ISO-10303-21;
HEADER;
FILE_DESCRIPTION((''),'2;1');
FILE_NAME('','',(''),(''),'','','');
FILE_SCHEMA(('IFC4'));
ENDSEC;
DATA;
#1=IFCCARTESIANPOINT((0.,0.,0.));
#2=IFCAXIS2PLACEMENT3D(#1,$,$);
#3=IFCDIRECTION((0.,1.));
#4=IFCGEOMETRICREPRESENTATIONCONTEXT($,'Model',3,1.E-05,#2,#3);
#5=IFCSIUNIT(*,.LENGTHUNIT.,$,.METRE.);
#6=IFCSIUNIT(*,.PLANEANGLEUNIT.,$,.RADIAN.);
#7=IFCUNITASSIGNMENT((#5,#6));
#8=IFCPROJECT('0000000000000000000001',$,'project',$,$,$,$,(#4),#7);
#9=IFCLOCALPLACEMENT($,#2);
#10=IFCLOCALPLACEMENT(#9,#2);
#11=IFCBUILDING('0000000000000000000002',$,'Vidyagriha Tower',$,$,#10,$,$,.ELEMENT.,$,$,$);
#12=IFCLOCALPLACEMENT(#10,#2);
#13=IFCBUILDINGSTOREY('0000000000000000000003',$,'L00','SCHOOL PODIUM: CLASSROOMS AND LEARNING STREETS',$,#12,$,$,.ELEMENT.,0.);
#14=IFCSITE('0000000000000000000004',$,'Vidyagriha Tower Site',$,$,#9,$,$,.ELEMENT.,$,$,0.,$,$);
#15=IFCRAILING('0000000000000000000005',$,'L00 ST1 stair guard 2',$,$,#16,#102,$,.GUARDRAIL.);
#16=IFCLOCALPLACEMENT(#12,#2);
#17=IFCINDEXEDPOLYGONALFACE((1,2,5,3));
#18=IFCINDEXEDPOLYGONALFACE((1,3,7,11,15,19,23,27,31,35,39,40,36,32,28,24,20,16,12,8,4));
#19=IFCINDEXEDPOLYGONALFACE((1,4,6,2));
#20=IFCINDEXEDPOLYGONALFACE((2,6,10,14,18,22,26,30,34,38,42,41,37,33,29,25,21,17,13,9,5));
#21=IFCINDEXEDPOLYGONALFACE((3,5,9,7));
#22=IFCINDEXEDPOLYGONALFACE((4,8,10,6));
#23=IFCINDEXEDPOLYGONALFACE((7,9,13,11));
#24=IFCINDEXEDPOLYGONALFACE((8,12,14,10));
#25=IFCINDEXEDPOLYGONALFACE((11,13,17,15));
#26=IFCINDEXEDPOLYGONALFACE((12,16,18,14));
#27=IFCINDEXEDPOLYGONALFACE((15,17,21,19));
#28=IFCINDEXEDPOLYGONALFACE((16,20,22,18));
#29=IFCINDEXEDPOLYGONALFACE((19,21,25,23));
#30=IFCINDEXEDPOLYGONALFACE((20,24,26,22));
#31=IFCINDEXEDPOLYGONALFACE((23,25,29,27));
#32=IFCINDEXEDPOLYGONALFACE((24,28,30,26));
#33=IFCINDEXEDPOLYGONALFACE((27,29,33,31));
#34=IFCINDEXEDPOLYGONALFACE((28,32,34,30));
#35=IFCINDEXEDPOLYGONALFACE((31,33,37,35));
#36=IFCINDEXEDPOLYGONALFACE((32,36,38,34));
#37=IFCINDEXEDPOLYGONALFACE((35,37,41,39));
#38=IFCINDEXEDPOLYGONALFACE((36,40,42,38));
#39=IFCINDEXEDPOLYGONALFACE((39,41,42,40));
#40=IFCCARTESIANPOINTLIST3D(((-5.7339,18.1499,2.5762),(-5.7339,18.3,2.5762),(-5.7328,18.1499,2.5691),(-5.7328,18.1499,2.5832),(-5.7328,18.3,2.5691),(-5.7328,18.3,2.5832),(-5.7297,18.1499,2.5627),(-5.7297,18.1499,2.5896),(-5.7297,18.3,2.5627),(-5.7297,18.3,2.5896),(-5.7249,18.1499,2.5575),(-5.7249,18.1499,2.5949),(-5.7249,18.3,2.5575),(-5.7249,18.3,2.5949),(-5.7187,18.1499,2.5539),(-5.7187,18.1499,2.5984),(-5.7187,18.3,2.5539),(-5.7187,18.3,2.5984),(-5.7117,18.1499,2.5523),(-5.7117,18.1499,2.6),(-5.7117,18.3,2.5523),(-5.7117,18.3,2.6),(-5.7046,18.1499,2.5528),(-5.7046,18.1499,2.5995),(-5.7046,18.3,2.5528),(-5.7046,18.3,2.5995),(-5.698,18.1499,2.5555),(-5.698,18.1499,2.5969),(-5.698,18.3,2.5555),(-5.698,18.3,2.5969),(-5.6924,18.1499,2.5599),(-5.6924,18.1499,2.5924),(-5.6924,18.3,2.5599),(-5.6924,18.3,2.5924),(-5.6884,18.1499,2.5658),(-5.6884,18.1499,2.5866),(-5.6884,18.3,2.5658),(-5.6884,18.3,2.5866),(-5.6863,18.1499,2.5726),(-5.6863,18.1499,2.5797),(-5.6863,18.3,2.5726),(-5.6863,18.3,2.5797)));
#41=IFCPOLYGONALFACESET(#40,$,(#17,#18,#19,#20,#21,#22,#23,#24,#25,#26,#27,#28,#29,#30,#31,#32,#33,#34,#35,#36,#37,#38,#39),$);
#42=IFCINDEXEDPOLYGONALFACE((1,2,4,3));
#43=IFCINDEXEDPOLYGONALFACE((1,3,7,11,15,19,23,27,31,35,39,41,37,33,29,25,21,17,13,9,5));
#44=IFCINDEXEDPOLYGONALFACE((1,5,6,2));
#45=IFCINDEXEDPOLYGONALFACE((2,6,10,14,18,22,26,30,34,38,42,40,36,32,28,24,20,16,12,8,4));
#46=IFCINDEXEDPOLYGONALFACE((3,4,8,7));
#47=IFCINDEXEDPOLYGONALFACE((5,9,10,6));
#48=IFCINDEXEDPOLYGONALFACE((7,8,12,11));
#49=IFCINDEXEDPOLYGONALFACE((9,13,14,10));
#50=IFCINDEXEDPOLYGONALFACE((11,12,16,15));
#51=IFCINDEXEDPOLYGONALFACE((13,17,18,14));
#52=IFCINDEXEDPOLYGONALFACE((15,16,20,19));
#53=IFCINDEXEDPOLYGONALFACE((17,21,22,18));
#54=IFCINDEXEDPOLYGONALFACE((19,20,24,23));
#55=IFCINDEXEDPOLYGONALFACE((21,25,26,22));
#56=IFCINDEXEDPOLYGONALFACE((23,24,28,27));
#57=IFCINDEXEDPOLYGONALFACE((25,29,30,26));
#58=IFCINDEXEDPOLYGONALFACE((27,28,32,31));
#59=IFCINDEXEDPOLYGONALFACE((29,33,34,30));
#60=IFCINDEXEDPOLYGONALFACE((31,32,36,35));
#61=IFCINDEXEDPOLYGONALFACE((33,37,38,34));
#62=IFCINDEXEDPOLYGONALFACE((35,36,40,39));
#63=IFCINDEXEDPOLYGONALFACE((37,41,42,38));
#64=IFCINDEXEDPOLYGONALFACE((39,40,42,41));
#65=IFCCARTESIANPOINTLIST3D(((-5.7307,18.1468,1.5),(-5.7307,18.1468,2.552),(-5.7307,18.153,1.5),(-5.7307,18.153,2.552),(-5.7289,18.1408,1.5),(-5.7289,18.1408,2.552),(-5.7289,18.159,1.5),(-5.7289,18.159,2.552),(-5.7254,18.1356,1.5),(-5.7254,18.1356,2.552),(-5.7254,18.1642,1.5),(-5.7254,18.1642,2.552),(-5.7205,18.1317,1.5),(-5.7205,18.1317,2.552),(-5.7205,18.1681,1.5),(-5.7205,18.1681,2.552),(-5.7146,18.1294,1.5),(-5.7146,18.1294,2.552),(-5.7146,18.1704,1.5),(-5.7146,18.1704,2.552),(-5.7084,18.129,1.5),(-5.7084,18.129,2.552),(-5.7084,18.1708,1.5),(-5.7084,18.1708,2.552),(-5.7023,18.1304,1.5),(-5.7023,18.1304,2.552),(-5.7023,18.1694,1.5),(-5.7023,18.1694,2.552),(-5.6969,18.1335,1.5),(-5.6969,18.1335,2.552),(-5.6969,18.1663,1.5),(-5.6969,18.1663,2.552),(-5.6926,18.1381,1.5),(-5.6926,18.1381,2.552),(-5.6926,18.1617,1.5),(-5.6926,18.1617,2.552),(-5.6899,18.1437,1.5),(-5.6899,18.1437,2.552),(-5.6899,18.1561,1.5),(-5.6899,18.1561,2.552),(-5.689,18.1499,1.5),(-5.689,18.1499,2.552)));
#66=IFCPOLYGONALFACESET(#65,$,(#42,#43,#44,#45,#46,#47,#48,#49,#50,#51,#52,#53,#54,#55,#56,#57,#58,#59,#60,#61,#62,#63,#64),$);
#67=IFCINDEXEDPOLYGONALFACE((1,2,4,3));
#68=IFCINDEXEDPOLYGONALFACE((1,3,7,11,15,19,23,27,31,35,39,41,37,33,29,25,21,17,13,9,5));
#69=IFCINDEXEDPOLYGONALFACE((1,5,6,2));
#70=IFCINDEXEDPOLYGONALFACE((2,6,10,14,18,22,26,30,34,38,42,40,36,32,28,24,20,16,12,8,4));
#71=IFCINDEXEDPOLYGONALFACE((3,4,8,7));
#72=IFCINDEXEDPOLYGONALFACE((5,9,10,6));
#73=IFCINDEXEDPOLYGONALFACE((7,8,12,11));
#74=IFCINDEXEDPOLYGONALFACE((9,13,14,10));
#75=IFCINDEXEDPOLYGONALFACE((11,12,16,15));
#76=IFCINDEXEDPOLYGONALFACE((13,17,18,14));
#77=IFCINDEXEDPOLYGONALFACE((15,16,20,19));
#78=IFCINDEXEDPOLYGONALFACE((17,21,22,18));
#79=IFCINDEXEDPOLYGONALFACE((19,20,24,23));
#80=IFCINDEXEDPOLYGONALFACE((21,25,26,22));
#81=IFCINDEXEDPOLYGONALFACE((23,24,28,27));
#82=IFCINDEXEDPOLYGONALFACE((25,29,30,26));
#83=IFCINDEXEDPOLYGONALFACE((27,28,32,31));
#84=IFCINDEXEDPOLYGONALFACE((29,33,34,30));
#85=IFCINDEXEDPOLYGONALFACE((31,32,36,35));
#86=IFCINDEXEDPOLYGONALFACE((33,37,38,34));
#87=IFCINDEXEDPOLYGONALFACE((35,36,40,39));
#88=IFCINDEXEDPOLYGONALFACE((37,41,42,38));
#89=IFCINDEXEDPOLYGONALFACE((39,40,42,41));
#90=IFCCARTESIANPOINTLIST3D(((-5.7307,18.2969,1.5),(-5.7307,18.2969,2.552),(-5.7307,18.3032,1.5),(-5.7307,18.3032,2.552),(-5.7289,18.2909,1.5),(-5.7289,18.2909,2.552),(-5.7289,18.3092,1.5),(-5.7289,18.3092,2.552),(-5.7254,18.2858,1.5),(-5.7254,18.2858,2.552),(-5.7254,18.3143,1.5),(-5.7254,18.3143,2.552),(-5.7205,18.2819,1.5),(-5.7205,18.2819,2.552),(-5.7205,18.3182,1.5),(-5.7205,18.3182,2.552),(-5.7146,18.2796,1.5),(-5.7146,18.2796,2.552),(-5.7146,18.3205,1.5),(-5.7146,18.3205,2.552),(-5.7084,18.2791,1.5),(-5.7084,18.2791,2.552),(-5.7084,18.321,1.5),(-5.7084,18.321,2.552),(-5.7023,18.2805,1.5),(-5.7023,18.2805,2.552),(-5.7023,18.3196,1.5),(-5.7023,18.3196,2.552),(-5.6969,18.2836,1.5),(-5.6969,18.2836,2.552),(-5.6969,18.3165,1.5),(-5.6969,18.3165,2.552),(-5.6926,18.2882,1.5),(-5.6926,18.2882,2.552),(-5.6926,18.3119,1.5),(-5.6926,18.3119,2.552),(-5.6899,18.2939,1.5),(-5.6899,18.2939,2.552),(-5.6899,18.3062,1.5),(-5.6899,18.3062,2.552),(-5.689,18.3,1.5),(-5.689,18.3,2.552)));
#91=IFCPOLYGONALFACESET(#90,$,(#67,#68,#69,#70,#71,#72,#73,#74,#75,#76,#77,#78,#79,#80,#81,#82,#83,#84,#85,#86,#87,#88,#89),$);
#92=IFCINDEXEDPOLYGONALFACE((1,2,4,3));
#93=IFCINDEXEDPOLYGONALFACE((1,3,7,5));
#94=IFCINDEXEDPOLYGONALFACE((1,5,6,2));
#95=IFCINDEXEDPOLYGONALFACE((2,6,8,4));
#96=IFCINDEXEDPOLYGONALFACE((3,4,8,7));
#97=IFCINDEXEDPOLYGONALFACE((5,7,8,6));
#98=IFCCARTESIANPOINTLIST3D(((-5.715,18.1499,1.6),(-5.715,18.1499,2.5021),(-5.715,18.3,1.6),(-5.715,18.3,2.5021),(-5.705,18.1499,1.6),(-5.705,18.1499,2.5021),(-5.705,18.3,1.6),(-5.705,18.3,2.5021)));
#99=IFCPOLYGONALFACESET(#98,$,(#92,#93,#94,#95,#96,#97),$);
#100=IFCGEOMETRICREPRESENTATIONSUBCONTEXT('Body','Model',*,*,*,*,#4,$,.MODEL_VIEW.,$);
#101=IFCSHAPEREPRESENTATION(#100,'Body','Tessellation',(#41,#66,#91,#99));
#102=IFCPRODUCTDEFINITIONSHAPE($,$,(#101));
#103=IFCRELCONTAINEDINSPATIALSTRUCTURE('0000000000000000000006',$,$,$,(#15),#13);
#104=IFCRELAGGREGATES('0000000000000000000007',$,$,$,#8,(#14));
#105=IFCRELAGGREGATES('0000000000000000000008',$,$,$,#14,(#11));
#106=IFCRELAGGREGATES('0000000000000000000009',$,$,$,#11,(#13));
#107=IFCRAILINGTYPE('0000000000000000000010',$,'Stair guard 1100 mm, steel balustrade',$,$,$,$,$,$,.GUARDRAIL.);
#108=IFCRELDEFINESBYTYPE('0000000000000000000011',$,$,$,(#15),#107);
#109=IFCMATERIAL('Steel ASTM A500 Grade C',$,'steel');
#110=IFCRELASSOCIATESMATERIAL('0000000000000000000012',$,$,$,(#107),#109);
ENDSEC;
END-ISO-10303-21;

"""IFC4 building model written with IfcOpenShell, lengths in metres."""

from ifc_helpers import new_model, si_unit, direction, frame, origin, origin_2d, place, context, subcontext, project, spatial, rectangle, circle, extrude, material, type_object, element, save


model = new_model("IFC4")

# Units and contexts
model_context = context("Model", 3, precision=1e-05, world=origin(), true_north=direction((0.0, 1.0)))
body_context = subcontext(model_context, "Body", "Model", "MODEL_VIEW")
ifc_project = project(units=[si_unit("LENGTHUNIT", "METRE"), si_unit("PLANEANGLEUNIT", "RADIAN")], contexts=[model_context])

# Site, building, storey
site_placement = place(None, origin())
site = spatial("IfcSite", under=ifc_project, at=site_placement, Name="Vidyagriha Tower Site", CompositionType="ELEMENT", RefElevation=0.0)
building_placement = place(site_placement, origin())
building = spatial("IfcBuilding", under=site, at=building_placement, Name="Vidyagriha Tower", CompositionType="ELEMENT")
storey_placement = place(building_placement, origin())
storey = spatial("IfcBuildingStorey", under=building, at=storey_placement, Name="L00", Description="SCHOOL PODIUM: CLASSROOMS AND LEARNING STREETS", CompositionType="ELEMENT", Elevation=0.0)

# Railing
ifc_material_1 = material(Name="Steel ASTM A500 Grade C", Category="steel")
railing_type_1 = type_object("IfcRailingType", Name="Stair guard 1100 mm, steel balustrade", PredefinedType="GUARDRAIL", material=ifc_material_1)
railing_1_placement = place(storey_placement, frame((-5.71, 18.1499, 1.5)))
element("IfcRailing", 1, at=railing_1_placement, inside=storey, type_object=railing_type_1, Name="L00 ST1 stair guard 2", PredefinedType="GUARDRAIL", context=body_context, shape_type="SweptSolid", body=[
    extrude(circle(Radius=0.0239, at=origin_2d()), frame((0.0, 0.0, 1.0762), z_axis=(0.0, 1.0, 0.0), x_axis=(-1.0, 0.0, 0.0)), (0.0, 0.0, 1.0), 0.1501),
    extrude(circle(Radius=0.021, at=origin_2d()), origin(), (0.0, 0.0, 1.0), 1.052),
    extrude(circle(Radius=0.021, at=origin_2d()), frame((0.0, 0.1501, 0.0)), (0.0, 0.0, 1.0), 1.052),
    extrude(rectangle(XDim=0.01, YDim=0.9021, at=origin_2d()), frame((0.0, 0.0, 0.551), z_axis=(0.0, 1.0, 0.0), x_axis=(-1.0, 0.0, 0.0)), (0.0, 0.0, 1.0), 0.1501),
])

save(model, "model.ifc")
